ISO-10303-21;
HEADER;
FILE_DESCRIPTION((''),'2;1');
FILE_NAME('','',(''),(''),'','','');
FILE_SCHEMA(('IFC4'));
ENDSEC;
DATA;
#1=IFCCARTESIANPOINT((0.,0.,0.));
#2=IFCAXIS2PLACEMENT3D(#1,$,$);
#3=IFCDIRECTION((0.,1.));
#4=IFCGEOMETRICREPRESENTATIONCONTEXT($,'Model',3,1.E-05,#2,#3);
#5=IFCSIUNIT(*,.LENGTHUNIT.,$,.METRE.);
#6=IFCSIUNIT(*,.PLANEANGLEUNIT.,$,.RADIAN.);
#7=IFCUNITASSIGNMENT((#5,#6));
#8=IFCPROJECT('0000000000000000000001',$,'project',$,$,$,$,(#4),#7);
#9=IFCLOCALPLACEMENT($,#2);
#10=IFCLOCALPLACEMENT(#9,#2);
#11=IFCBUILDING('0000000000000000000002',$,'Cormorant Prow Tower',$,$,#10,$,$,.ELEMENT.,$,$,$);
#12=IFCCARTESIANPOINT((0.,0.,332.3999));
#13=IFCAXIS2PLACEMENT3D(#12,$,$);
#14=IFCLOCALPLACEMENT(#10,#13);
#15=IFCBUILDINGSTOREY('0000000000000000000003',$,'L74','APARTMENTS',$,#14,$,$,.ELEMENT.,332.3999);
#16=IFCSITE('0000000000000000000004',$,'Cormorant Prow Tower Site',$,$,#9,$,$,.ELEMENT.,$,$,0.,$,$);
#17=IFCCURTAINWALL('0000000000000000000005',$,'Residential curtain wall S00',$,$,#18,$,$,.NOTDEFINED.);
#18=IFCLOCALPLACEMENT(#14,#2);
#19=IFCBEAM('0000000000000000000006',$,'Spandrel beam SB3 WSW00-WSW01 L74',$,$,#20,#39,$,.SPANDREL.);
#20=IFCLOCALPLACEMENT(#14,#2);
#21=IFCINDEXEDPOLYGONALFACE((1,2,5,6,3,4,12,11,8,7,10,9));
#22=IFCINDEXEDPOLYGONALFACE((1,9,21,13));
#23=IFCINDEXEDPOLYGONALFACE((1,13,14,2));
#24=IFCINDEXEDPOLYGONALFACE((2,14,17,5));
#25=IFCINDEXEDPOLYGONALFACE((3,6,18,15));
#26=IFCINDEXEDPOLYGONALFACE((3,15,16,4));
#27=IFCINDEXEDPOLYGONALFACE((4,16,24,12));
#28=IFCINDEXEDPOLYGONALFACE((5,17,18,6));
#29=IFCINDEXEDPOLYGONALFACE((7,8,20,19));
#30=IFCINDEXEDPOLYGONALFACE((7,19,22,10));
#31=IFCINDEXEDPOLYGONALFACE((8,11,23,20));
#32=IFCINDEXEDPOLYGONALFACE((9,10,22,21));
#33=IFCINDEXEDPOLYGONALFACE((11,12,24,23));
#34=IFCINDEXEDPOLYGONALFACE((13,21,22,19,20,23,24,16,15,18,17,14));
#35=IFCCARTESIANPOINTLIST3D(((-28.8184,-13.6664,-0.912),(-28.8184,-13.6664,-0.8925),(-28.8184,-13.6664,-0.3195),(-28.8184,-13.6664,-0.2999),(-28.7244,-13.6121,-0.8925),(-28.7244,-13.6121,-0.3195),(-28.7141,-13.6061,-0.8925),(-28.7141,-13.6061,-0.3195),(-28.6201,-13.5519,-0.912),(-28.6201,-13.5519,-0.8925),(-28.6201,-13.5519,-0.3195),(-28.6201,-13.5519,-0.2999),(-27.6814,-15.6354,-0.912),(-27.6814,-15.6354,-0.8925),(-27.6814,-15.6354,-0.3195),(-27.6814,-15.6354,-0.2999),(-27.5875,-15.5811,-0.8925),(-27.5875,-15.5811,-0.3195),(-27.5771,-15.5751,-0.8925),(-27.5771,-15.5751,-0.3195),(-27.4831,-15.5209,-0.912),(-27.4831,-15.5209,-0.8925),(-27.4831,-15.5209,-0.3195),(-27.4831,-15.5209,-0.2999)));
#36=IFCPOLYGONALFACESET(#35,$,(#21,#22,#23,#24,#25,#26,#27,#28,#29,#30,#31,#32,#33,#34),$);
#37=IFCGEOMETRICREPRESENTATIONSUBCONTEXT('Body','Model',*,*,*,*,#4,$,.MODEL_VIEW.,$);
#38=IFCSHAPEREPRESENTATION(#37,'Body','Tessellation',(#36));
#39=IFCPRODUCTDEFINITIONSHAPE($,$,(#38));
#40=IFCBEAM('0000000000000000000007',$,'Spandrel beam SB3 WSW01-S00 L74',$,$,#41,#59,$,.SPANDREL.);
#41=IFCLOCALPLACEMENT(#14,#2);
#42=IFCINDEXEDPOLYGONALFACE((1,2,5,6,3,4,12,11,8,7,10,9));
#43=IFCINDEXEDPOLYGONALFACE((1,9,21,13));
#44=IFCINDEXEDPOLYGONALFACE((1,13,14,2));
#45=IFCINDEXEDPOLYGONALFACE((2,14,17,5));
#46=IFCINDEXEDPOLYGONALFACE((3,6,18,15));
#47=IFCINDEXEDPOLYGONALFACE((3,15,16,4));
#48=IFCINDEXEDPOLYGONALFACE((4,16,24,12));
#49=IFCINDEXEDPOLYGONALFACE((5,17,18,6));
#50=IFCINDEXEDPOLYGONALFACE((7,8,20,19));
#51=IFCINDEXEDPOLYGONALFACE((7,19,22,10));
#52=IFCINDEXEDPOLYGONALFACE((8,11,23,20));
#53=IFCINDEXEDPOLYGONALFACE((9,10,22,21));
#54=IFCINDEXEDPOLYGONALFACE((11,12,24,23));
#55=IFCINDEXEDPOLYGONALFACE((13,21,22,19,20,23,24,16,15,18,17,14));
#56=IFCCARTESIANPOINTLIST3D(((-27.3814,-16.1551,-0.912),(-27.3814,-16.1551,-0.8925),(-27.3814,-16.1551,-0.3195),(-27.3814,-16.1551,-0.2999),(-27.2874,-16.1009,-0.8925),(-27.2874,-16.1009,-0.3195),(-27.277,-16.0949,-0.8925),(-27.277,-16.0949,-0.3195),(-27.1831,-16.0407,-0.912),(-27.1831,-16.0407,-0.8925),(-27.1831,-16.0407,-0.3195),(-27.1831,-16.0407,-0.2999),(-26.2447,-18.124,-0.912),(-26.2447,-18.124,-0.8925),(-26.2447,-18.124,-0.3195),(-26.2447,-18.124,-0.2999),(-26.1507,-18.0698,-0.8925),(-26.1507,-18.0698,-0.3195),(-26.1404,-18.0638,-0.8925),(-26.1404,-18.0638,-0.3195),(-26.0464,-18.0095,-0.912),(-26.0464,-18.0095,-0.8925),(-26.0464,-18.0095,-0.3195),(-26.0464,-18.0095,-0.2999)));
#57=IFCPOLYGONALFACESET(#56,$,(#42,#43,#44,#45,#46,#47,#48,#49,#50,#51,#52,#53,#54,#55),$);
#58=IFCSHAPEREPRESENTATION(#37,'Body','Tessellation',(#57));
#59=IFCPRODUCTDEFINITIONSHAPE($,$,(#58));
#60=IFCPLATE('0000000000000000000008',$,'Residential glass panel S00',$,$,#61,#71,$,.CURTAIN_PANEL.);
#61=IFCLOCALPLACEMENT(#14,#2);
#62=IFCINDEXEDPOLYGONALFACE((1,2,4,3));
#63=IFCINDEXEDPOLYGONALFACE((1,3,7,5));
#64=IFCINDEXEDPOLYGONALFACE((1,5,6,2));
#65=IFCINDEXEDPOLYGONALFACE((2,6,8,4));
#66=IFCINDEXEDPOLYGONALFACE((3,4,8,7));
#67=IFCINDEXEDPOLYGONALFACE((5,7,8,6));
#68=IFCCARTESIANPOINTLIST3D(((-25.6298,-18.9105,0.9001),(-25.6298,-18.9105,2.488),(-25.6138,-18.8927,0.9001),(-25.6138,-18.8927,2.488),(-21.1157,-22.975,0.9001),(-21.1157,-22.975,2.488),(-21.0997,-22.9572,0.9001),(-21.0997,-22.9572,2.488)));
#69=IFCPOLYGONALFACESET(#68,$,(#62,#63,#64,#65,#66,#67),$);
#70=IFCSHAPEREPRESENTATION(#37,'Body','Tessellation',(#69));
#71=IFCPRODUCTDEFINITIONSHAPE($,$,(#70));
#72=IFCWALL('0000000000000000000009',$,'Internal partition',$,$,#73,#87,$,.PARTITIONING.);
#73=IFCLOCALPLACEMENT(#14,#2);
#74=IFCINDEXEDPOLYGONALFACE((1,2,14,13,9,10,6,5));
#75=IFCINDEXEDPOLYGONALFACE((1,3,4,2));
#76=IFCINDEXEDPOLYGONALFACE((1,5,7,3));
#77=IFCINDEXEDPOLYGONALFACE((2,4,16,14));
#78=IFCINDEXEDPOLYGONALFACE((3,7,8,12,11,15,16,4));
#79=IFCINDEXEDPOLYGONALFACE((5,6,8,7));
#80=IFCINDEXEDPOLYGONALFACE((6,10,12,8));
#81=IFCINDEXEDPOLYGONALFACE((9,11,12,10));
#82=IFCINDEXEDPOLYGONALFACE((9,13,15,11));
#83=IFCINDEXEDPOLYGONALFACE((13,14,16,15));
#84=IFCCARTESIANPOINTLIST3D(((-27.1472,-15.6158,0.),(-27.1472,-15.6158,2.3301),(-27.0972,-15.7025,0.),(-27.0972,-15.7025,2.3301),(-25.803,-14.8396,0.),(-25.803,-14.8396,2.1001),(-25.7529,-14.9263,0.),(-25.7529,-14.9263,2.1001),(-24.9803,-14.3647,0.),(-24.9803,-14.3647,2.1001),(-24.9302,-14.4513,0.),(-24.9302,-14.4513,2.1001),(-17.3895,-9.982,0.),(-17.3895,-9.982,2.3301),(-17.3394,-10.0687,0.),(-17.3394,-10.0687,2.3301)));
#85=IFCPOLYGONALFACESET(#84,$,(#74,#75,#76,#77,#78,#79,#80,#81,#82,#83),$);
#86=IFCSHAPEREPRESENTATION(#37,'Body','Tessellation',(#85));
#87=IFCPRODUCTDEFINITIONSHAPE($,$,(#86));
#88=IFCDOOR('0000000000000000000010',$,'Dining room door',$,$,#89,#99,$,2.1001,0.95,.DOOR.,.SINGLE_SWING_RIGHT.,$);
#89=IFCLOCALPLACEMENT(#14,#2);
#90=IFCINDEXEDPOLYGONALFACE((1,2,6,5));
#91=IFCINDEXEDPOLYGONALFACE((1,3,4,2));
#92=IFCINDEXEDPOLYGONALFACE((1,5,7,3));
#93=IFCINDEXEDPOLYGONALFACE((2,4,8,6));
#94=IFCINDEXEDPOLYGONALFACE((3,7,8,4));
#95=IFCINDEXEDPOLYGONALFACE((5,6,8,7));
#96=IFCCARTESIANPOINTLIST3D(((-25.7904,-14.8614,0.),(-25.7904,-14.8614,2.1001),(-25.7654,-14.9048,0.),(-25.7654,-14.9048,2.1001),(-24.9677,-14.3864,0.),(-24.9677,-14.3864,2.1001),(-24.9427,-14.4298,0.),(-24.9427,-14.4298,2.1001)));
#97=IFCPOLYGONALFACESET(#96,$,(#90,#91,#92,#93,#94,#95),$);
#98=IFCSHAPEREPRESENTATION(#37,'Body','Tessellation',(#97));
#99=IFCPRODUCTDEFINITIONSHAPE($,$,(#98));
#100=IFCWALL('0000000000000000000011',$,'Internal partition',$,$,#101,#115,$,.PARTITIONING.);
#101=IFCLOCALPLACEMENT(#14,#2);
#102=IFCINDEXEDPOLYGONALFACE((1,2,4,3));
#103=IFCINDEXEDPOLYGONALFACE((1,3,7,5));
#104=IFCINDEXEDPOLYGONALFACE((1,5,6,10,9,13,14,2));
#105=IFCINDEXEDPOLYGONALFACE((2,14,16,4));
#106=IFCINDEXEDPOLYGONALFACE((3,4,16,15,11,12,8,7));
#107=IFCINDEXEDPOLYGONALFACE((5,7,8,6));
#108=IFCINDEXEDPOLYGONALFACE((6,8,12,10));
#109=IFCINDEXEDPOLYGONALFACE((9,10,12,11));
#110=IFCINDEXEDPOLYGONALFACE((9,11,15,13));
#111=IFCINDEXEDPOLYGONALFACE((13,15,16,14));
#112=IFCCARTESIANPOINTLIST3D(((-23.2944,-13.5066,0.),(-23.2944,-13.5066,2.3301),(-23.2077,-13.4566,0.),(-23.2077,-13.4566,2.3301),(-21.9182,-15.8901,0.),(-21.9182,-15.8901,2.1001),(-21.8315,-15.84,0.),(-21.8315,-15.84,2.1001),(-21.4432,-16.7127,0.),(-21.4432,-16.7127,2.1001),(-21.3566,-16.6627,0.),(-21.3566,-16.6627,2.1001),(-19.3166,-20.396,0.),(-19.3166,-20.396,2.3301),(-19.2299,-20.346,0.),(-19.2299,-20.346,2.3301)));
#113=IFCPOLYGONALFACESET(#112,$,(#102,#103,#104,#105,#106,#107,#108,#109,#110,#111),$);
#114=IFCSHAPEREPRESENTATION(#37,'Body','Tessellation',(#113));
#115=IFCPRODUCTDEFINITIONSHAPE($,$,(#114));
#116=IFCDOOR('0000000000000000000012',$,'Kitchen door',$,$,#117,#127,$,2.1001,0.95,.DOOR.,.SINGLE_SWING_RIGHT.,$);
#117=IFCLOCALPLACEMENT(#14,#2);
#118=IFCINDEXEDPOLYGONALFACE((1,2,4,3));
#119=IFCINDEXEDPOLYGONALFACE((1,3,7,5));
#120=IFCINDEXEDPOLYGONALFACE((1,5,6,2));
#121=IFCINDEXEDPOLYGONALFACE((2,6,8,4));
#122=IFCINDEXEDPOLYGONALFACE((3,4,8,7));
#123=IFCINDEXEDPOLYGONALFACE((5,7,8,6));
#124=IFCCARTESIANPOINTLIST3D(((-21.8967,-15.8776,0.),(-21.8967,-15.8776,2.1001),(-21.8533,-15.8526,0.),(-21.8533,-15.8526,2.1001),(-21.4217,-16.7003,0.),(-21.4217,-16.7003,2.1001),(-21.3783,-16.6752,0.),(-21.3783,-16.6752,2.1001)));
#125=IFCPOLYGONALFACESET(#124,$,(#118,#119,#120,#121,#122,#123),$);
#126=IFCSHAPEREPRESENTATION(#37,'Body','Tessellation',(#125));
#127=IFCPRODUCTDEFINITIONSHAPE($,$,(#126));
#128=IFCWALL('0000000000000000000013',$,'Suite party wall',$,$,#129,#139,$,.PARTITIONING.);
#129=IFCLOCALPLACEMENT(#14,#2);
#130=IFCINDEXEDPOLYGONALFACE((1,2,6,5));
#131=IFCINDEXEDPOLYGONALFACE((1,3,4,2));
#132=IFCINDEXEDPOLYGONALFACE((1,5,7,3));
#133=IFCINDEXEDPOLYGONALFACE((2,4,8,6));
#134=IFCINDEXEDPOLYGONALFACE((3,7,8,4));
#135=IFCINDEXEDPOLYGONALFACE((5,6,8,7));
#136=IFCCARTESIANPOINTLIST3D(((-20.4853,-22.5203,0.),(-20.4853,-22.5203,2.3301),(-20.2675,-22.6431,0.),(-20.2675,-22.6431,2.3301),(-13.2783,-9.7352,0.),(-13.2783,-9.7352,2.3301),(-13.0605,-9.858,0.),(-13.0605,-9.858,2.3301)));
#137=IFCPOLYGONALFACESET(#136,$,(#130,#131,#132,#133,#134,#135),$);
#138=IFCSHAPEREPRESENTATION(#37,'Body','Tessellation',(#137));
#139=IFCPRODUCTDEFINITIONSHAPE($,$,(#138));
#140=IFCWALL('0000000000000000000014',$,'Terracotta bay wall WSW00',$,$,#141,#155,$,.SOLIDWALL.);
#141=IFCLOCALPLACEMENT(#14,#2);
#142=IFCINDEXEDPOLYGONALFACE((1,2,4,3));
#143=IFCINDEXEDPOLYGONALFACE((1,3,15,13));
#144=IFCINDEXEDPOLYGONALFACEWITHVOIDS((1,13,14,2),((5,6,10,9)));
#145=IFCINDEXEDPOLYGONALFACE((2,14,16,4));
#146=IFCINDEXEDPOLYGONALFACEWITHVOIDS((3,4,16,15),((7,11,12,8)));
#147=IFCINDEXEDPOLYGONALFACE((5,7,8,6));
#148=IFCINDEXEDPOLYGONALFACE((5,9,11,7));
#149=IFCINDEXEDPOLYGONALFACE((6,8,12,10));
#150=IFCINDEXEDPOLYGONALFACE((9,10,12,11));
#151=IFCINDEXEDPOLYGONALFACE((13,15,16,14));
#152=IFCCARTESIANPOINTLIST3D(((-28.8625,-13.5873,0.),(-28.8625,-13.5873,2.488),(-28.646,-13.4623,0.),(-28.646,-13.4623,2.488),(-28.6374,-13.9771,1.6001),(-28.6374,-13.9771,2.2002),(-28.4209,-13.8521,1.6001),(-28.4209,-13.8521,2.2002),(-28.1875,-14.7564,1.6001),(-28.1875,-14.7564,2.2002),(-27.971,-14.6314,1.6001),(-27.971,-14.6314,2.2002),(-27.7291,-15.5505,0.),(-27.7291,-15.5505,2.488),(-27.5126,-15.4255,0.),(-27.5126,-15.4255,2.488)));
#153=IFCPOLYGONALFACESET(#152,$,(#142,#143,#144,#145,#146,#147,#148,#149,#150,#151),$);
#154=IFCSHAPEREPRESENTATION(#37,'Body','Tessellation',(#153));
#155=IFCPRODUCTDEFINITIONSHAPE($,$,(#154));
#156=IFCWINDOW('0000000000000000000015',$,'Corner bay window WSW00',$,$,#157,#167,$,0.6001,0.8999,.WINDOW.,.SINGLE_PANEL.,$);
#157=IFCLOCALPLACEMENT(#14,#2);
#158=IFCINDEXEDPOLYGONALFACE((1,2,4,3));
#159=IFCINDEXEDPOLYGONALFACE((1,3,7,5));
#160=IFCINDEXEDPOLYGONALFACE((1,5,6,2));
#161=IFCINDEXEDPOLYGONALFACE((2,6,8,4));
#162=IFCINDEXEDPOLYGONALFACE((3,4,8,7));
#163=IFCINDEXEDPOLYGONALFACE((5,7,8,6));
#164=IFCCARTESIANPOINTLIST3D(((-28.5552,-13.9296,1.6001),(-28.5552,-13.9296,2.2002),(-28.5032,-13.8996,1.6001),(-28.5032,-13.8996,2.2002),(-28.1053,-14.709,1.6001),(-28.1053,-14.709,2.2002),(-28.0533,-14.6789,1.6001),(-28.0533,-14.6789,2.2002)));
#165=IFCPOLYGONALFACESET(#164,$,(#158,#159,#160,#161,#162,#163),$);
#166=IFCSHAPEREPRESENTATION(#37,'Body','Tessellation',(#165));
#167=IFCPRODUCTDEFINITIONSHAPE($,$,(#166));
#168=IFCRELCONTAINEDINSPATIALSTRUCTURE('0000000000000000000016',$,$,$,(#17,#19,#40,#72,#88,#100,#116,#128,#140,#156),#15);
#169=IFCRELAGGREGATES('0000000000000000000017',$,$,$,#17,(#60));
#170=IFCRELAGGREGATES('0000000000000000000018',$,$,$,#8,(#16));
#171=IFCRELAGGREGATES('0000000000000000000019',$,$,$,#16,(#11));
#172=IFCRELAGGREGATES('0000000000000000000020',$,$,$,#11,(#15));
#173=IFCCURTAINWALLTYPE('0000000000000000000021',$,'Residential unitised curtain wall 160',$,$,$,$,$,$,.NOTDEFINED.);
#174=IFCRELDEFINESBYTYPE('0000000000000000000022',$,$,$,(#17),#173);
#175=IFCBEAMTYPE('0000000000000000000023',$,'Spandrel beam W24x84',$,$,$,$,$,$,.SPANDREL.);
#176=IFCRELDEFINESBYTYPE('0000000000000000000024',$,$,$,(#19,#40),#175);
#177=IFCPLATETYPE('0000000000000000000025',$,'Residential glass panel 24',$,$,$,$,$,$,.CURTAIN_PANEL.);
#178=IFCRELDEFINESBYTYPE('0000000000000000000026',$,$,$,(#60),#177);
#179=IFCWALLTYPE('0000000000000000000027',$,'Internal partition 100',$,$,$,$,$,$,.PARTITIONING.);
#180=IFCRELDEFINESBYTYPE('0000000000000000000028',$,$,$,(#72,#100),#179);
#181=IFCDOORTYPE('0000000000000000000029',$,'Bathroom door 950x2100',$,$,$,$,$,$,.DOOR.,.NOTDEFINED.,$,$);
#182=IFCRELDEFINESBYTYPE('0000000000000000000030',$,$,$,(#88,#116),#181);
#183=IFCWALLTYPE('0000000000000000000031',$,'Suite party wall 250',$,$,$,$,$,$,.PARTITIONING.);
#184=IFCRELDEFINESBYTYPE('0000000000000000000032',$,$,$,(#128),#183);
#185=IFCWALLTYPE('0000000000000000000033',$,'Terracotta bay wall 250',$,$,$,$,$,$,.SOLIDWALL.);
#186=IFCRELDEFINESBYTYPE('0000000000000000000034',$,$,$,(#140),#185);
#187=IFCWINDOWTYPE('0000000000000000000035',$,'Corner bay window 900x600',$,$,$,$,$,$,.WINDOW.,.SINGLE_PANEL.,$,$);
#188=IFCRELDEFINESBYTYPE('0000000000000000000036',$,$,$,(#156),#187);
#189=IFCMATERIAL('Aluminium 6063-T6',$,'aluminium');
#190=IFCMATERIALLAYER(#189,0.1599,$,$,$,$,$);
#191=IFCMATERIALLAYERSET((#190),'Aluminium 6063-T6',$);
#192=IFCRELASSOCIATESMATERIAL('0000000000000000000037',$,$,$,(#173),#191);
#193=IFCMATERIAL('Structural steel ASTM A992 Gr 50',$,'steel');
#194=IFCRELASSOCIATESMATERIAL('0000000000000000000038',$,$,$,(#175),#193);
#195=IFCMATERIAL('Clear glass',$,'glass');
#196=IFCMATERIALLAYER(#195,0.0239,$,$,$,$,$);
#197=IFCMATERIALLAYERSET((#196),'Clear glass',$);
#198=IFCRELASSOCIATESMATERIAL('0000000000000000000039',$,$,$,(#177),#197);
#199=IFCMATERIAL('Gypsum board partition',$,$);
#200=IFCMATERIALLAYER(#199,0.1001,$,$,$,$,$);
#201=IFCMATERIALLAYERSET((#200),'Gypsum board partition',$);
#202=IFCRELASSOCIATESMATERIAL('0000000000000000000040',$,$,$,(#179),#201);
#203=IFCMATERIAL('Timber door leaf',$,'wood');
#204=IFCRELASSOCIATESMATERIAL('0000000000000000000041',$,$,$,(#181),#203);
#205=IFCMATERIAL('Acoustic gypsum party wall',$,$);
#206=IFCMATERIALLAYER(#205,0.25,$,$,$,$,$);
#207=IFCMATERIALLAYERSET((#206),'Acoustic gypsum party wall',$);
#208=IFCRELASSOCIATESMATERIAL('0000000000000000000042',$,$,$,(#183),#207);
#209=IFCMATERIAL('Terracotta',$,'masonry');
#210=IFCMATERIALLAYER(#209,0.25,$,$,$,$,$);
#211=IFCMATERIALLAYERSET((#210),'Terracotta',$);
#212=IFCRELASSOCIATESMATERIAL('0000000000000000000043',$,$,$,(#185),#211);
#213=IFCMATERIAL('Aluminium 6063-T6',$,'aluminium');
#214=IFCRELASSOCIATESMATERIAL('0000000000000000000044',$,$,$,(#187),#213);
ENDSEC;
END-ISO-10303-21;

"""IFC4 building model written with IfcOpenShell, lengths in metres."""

from ifc_helpers import new_model, si_unit, direction, frame, frame_2d, origin, origin_2d, place, context, subcontext, project, spatial, rectangle, i_section, extrude, material, layer, layer_set, material_profile, profile_set, type_object, element, fill, aggregate, save


model = new_model("IFC4")

# Units and contexts
model_context = context("Model", 3, precision=1e-05, world=origin(), true_north=direction((0.0, 1.0)))
body_context = subcontext(model_context, "Body", "Model", "MODEL_VIEW")
ifc_project = project(units=[si_unit("LENGTHUNIT", "METRE"), si_unit("PLANEANGLEUNIT", "RADIAN")], contexts=[model_context])

# Site, building, storey
site_placement = place(None, origin())
site = spatial("IfcSite", under=ifc_project, at=site_placement, Name="Cormorant Prow Tower Site", CompositionType="ELEMENT", RefElevation=0.0)
building_placement = place(site_placement, origin())
building = spatial("IfcBuilding", under=site, at=building_placement, Name="Cormorant Prow Tower", CompositionType="ELEMENT")
storey_placement = place(building_placement, frame((0.0, 0.0, 332.3999)))
storey = spatial("IfcBuildingStorey", under=building, at=storey_placement, Name="L74", Description="APARTMENTS", CompositionType="ELEMENT", Elevation=332.3999)

# Curtain wall
ifc_material_1 = material(Name="Aluminium 6063-T6", Category="aluminium")
ifc_layer_1 = layer(ifc_material_1, 0.1599)
ifc_layer_set_1 = layer_set([ifc_layer_1], Name="Aluminium 6063-T6")
curtain_wall_type = type_object("IfcCurtainWallType", Name="Residential unitised curtain wall 160", PredefinedType="NOTDEFINED", material=ifc_layer_set_1)
curtain_wall_placement = place(storey_placement, origin())
curtain_wall = element("IfcCurtainWall", 1, at=curtain_wall_placement, inside=storey, type_object=curtain_wall_type, Name="Residential curtain wall S00", PredefinedType="NOTDEFINED")

# Beams
ifc_material_2 = material(Name="Structural steel ASTM A992 Gr 50", Category="steel")
ifc_material_profile_1 = material_profile(ifc_material_2, i_section(OverallWidth=0.229, OverallDepth=0.6121, WebThickness=0.012, FlangeThickness=0.0195, at=origin_2d()), Name="W24x84")
ifc_profile_set_1 = profile_set([ifc_material_profile_1], Name="Structural steel ASTM A992 Gr 50")
beam_type = type_object("IfcBeamType", Name="Spandrel beam W24x84", PredefinedType="SPANDREL", material=ifc_profile_set_1)
beam_1_placement = place(storey_placement, frame((-28.7192, -13.6091, -0.606), z_axis=(0.500054, -0.865994, 0.0), x_axis=(0.865994, 0.500054, 0.0)))
element("IfcBeam", 2, at=beam_1_placement, inside=storey, type_object=beam_type, Name="Spandrel beam SB3 WSW00-WSW01 L74", PredefinedType="SPANDREL", context=body_context, shape_type="SweptSolid", body=[
    extrude(i_section(OverallWidth=0.229, OverallDepth=0.6121, WebThickness=0.012, FlangeThickness=0.0195, at=origin_2d()), origin(), (0.0, 0.0, 1.0), 2.2737),
])
beam_2_placement = place(storey_placement, frame((-27.2822, -16.0979, -0.606), z_axis=(0.499973, -0.866041, 0.0), x_axis=(0.866041, 0.499973, 0.0)))
element("IfcBeam", 3, at=beam_2_placement, inside=storey, type_object=beam_type, Name="Spandrel beam SB3 WSW01-S00 L74", PredefinedType="SPANDREL", context=body_context, shape_type="SweptSolid", body=[
    extrude(i_section(OverallWidth=0.229, OverallDepth=0.6121, WebThickness=0.012, FlangeThickness=0.0195, at=origin_2d()), origin(), (0.0, 0.0, 1.0), 2.2734),
])

# Plate
ifc_material_3 = material(Name="Clear glass", Category="glass")
ifc_layer_2 = layer(ifc_material_3, 0.0239)
ifc_layer_set_2 = layer_set([ifc_layer_2], Name="Clear glass")
plate_type = type_object("IfcPlateType", Name="Residential glass panel 24", PredefinedType="CURTAIN_PANEL", material=ifc_layer_set_2)
plate_placement = place(storey_placement, frame((-23.3647, -20.9338, 0.9001), z_axis=(0.0, 0.0, 1.0), x_axis=(0.743145, -0.669131, 0.0)))
plate = element("IfcPlate", 4, at=plate_placement, type_object=plate_type, Name="Residential glass panel S00", PredefinedType="CURTAIN_PANEL", context=body_context, shape_type="SweptSolid", body=[
    extrude(rectangle(XDim=6.0742, YDim=0.0239, at=origin_2d()), origin(), (0.0, 0.0, 1.0), 1.5879),
])
aggregate(curtain_wall, [plate])

# Walls, openings, doors
ifc_material_4 = material(Name="Gypsum board partition")
ifc_layer_3 = layer(ifc_material_4, 0.1001)
ifc_layer_set_3 = layer_set([ifc_layer_3], Name="Gypsum board partition")
wall_type_1 = type_object("IfcWallType", Name="Internal partition 100", PredefinedType="PARTITIONING", material=ifc_layer_set_3)
wall_1_placement = place(storey_placement, frame((-27.1223, -15.6592, 0.0), z_axis=(0.0, 0.0, 1.0), x_axis=(0.866021, 0.500008, 0.0)))
wall_1 = element("IfcWall", 5, at=wall_1_placement, inside=storey, type_object=wall_type_1, Name="Internal partition", PredefinedType="PARTITIONING", context=body_context, shape_type="SweptSolid", body=[
    extrude(rectangle(XDim=11.2673, YDim=0.1001, at=frame_2d((5.6338, 0.0))), origin(), (0.0, 0.0, 1.0), 2.3301),
])
opening_1_placement = place(wall_1_placement, frame((1.5522, 0.0, 0.0)))
opening_1 = element("IfcOpeningElement", 6, at=opening_1_placement, cuts=wall_1, PredefinedType="OPENING", context=body_context, shape_type="SweptSolid", body=[
    extrude(rectangle(XDim=0.95, YDim=2.1001, at=frame_2d((0.4751, 1.05))), frame((0.0, 0.0601, 0.0), z_axis=(0.0, -1.0, 0.0), x_axis=(1.0, 0.0, 0.0)), (0.0, 0.0, 1.0), 0.1201),
])
ifc_material_5 = material(Name="Timber door leaf", Category="wood")
door_type_1 = type_object("IfcDoorType", Name="Bathroom door 950x2100", OperationType="NOTDEFINED", PredefinedType="DOOR", material=ifc_material_5)
door_1_placement = place(opening_1_placement, origin())
door_1 = element("IfcDoor", 7, at=door_1_placement, inside=storey, type_object=door_type_1, Name="Dining room door", OperationType="SINGLE_SWING_RIGHT", OverallHeight=2.1001, OverallWidth=0.95, PredefinedType="DOOR", context=body_context, shape_type="SweptSolid", body=[
    extrude(rectangle(XDim=0.95, YDim=2.1001, at=frame_2d((0.4751, 1.05))), frame((0.0, 0.0249, 0.0), z_axis=(0.0, -1.0, 0.0), x_axis=(1.0, 0.0, 0.0)), (0.0, 0.0, 1.0), 0.05),
])
fill(opening_1, door_1)
wall_2_placement = place(storey_placement, frame((-23.251, -13.4817, 0.0), z_axis=(0.0, 0.0, 1.0), x_axis=(0.500017, -0.866015, 0.0)))
wall_2 = element("IfcWall", 8, at=wall_2_placement, inside=storey, type_object=wall_type_1, Name="Internal partition", PredefinedType="PARTITIONING", context=body_context, shape_type="SweptSolid", body=[
    extrude(rectangle(XDim=7.9553, YDim=0.1001, at=frame_2d((3.9775, 0.0))), origin(), (0.0, 0.0, 1.0), 2.3301),
])
opening_2_placement = place(wall_2_placement, frame((2.752, 0.0, 0.0)))
opening_2 = element("IfcOpeningElement", 9, at=opening_2_placement, cuts=wall_2, PredefinedType="OPENING", context=body_context, shape_type="SweptSolid", body=[
    extrude(rectangle(XDim=0.95, YDim=2.1001, at=frame_2d((0.4751, 1.05))), frame((0.0, 0.0601, 0.0), z_axis=(0.0, -1.0, 0.0), x_axis=(1.0, 0.0, 0.0)), (0.0, 0.0, 1.0), 0.1201),
])
door_2_placement = place(opening_2_placement, origin())
door_2 = element("IfcDoor", 10, at=door_2_placement, inside=storey, type_object=door_type_1, Name="Kitchen door", OperationType="SINGLE_SWING_RIGHT", OverallHeight=2.1001, OverallWidth=0.95, PredefinedType="DOOR", context=body_context, shape_type="SweptSolid", body=[
    extrude(rectangle(XDim=0.95, YDim=2.1001, at=frame_2d((0.4751, 1.05))), frame((0.0, 0.0249, 0.0), z_axis=(0.0, -1.0, 0.0), x_axis=(1.0, 0.0, 0.0)), (0.0, 0.0, 1.0), 0.05),
])
fill(opening_2, door_2)

# Wall
ifc_material_6 = material(Name="Acoustic gypsum party wall")
ifc_layer_4 = layer(ifc_material_6, 0.25)
ifc_layer_set_4 = layer_set([ifc_layer_4], Name="Acoustic gypsum party wall")
wall_type_2 = type_object("IfcWallType", Name="Suite party wall 250", PredefinedType="PARTITIONING", material=ifc_layer_set_4)
wall_3_placement = place(storey_placement, frame((-20.3765, -22.5818, 0.0), z_axis=(0.0, 0.0, 1.0), x_axis=(0.491057, 0.871127, 0.0)))
element("IfcWall", 11, at=wall_3_placement, inside=storey, type_object=wall_type_2, Name="Suite party wall", PredefinedType="PARTITIONING", context=body_context, shape_type="SweptSolid", body=[
    extrude(rectangle(XDim=14.6765, YDim=0.25, at=frame_2d((7.3384, 0.0))), origin(), (0.0, 0.0, 1.0), 2.3301),
])

# Wall, opening, window
ifc_material_7 = material(Name="Terracotta", Category="masonry")
ifc_layer_5 = layer(ifc_material_7, 0.25)
ifc_layer_set_5 = layer_set([ifc_layer_5], Name="Terracotta")
wall_type_3 = type_object("IfcWallType", Name="Terracotta bay wall 250", PredefinedType="SOLIDWALL", material=ifc_layer_set_5)
wall_4_placement = place(storey_placement, frame((-28.7542, -13.5249, 0.0), z_axis=(0.0, 0.0, 1.0), x_axis=(0.499962, -0.866047, 0.0)))
wall_4 = element("IfcWall", 12, at=wall_4_placement, inside=storey, type_object=wall_type_3, Name="Terracotta bay wall WSW00", PredefinedType="SOLIDWALL", context=body_context, shape_type="SweptSolid", body=[
    extrude(rectangle(XDim=2.2668, YDim=0.25, at=frame_2d((1.1333, 0.0))), origin(), (0.0, 0.0, 1.0), 2.488),
])
opening_3_placement = place(wall_4_placement, frame((0.45, 0.0, 1.6001)))
opening_3 = element("IfcOpeningElement", 13, at=opening_3_placement, cuts=wall_4, PredefinedType="OPENING", context=body_context, shape_type="SweptSolid", body=[
    extrude(rectangle(XDim=0.8999, YDim=0.6001, at=frame_2d((0.45, 0.3))), frame((0.0, 0.135, 0.0), z_axis=(0.0, -1.0, 0.0), x_axis=(1.0, 0.0, 0.0)), (0.0, 0.0, 1.0), 0.27),
])
ifc_material_8 = material(Name="Aluminium 6063-T6", Category="aluminium")
window_type = type_object("IfcWindowType", Name="Corner bay window 900x600", PartitioningType="SINGLE_PANEL", PredefinedType="WINDOW", material=ifc_material_8)
window_placement = place(opening_3_placement, origin())
window = element("IfcWindow", 14, at=window_placement, inside=storey, type_object=window_type, Name="Corner bay window WSW00", OverallHeight=0.6001, OverallWidth=0.8999, PartitioningType="SINGLE_PANEL", PredefinedType="WINDOW", context=body_context, shape_type="SweptSolid", body=[
    extrude(rectangle(XDim=0.8999, YDim=0.6001, at=frame_2d((0.45, 0.3))), frame((0.0, 0.03, 0.0), z_axis=(0.0, -1.0, 0.0), x_axis=(1.0, 0.0, 0.0)), (0.0, 0.0, 1.0), 0.0601),
])
fill(opening_3, window)

save(model, "model.ifc")
